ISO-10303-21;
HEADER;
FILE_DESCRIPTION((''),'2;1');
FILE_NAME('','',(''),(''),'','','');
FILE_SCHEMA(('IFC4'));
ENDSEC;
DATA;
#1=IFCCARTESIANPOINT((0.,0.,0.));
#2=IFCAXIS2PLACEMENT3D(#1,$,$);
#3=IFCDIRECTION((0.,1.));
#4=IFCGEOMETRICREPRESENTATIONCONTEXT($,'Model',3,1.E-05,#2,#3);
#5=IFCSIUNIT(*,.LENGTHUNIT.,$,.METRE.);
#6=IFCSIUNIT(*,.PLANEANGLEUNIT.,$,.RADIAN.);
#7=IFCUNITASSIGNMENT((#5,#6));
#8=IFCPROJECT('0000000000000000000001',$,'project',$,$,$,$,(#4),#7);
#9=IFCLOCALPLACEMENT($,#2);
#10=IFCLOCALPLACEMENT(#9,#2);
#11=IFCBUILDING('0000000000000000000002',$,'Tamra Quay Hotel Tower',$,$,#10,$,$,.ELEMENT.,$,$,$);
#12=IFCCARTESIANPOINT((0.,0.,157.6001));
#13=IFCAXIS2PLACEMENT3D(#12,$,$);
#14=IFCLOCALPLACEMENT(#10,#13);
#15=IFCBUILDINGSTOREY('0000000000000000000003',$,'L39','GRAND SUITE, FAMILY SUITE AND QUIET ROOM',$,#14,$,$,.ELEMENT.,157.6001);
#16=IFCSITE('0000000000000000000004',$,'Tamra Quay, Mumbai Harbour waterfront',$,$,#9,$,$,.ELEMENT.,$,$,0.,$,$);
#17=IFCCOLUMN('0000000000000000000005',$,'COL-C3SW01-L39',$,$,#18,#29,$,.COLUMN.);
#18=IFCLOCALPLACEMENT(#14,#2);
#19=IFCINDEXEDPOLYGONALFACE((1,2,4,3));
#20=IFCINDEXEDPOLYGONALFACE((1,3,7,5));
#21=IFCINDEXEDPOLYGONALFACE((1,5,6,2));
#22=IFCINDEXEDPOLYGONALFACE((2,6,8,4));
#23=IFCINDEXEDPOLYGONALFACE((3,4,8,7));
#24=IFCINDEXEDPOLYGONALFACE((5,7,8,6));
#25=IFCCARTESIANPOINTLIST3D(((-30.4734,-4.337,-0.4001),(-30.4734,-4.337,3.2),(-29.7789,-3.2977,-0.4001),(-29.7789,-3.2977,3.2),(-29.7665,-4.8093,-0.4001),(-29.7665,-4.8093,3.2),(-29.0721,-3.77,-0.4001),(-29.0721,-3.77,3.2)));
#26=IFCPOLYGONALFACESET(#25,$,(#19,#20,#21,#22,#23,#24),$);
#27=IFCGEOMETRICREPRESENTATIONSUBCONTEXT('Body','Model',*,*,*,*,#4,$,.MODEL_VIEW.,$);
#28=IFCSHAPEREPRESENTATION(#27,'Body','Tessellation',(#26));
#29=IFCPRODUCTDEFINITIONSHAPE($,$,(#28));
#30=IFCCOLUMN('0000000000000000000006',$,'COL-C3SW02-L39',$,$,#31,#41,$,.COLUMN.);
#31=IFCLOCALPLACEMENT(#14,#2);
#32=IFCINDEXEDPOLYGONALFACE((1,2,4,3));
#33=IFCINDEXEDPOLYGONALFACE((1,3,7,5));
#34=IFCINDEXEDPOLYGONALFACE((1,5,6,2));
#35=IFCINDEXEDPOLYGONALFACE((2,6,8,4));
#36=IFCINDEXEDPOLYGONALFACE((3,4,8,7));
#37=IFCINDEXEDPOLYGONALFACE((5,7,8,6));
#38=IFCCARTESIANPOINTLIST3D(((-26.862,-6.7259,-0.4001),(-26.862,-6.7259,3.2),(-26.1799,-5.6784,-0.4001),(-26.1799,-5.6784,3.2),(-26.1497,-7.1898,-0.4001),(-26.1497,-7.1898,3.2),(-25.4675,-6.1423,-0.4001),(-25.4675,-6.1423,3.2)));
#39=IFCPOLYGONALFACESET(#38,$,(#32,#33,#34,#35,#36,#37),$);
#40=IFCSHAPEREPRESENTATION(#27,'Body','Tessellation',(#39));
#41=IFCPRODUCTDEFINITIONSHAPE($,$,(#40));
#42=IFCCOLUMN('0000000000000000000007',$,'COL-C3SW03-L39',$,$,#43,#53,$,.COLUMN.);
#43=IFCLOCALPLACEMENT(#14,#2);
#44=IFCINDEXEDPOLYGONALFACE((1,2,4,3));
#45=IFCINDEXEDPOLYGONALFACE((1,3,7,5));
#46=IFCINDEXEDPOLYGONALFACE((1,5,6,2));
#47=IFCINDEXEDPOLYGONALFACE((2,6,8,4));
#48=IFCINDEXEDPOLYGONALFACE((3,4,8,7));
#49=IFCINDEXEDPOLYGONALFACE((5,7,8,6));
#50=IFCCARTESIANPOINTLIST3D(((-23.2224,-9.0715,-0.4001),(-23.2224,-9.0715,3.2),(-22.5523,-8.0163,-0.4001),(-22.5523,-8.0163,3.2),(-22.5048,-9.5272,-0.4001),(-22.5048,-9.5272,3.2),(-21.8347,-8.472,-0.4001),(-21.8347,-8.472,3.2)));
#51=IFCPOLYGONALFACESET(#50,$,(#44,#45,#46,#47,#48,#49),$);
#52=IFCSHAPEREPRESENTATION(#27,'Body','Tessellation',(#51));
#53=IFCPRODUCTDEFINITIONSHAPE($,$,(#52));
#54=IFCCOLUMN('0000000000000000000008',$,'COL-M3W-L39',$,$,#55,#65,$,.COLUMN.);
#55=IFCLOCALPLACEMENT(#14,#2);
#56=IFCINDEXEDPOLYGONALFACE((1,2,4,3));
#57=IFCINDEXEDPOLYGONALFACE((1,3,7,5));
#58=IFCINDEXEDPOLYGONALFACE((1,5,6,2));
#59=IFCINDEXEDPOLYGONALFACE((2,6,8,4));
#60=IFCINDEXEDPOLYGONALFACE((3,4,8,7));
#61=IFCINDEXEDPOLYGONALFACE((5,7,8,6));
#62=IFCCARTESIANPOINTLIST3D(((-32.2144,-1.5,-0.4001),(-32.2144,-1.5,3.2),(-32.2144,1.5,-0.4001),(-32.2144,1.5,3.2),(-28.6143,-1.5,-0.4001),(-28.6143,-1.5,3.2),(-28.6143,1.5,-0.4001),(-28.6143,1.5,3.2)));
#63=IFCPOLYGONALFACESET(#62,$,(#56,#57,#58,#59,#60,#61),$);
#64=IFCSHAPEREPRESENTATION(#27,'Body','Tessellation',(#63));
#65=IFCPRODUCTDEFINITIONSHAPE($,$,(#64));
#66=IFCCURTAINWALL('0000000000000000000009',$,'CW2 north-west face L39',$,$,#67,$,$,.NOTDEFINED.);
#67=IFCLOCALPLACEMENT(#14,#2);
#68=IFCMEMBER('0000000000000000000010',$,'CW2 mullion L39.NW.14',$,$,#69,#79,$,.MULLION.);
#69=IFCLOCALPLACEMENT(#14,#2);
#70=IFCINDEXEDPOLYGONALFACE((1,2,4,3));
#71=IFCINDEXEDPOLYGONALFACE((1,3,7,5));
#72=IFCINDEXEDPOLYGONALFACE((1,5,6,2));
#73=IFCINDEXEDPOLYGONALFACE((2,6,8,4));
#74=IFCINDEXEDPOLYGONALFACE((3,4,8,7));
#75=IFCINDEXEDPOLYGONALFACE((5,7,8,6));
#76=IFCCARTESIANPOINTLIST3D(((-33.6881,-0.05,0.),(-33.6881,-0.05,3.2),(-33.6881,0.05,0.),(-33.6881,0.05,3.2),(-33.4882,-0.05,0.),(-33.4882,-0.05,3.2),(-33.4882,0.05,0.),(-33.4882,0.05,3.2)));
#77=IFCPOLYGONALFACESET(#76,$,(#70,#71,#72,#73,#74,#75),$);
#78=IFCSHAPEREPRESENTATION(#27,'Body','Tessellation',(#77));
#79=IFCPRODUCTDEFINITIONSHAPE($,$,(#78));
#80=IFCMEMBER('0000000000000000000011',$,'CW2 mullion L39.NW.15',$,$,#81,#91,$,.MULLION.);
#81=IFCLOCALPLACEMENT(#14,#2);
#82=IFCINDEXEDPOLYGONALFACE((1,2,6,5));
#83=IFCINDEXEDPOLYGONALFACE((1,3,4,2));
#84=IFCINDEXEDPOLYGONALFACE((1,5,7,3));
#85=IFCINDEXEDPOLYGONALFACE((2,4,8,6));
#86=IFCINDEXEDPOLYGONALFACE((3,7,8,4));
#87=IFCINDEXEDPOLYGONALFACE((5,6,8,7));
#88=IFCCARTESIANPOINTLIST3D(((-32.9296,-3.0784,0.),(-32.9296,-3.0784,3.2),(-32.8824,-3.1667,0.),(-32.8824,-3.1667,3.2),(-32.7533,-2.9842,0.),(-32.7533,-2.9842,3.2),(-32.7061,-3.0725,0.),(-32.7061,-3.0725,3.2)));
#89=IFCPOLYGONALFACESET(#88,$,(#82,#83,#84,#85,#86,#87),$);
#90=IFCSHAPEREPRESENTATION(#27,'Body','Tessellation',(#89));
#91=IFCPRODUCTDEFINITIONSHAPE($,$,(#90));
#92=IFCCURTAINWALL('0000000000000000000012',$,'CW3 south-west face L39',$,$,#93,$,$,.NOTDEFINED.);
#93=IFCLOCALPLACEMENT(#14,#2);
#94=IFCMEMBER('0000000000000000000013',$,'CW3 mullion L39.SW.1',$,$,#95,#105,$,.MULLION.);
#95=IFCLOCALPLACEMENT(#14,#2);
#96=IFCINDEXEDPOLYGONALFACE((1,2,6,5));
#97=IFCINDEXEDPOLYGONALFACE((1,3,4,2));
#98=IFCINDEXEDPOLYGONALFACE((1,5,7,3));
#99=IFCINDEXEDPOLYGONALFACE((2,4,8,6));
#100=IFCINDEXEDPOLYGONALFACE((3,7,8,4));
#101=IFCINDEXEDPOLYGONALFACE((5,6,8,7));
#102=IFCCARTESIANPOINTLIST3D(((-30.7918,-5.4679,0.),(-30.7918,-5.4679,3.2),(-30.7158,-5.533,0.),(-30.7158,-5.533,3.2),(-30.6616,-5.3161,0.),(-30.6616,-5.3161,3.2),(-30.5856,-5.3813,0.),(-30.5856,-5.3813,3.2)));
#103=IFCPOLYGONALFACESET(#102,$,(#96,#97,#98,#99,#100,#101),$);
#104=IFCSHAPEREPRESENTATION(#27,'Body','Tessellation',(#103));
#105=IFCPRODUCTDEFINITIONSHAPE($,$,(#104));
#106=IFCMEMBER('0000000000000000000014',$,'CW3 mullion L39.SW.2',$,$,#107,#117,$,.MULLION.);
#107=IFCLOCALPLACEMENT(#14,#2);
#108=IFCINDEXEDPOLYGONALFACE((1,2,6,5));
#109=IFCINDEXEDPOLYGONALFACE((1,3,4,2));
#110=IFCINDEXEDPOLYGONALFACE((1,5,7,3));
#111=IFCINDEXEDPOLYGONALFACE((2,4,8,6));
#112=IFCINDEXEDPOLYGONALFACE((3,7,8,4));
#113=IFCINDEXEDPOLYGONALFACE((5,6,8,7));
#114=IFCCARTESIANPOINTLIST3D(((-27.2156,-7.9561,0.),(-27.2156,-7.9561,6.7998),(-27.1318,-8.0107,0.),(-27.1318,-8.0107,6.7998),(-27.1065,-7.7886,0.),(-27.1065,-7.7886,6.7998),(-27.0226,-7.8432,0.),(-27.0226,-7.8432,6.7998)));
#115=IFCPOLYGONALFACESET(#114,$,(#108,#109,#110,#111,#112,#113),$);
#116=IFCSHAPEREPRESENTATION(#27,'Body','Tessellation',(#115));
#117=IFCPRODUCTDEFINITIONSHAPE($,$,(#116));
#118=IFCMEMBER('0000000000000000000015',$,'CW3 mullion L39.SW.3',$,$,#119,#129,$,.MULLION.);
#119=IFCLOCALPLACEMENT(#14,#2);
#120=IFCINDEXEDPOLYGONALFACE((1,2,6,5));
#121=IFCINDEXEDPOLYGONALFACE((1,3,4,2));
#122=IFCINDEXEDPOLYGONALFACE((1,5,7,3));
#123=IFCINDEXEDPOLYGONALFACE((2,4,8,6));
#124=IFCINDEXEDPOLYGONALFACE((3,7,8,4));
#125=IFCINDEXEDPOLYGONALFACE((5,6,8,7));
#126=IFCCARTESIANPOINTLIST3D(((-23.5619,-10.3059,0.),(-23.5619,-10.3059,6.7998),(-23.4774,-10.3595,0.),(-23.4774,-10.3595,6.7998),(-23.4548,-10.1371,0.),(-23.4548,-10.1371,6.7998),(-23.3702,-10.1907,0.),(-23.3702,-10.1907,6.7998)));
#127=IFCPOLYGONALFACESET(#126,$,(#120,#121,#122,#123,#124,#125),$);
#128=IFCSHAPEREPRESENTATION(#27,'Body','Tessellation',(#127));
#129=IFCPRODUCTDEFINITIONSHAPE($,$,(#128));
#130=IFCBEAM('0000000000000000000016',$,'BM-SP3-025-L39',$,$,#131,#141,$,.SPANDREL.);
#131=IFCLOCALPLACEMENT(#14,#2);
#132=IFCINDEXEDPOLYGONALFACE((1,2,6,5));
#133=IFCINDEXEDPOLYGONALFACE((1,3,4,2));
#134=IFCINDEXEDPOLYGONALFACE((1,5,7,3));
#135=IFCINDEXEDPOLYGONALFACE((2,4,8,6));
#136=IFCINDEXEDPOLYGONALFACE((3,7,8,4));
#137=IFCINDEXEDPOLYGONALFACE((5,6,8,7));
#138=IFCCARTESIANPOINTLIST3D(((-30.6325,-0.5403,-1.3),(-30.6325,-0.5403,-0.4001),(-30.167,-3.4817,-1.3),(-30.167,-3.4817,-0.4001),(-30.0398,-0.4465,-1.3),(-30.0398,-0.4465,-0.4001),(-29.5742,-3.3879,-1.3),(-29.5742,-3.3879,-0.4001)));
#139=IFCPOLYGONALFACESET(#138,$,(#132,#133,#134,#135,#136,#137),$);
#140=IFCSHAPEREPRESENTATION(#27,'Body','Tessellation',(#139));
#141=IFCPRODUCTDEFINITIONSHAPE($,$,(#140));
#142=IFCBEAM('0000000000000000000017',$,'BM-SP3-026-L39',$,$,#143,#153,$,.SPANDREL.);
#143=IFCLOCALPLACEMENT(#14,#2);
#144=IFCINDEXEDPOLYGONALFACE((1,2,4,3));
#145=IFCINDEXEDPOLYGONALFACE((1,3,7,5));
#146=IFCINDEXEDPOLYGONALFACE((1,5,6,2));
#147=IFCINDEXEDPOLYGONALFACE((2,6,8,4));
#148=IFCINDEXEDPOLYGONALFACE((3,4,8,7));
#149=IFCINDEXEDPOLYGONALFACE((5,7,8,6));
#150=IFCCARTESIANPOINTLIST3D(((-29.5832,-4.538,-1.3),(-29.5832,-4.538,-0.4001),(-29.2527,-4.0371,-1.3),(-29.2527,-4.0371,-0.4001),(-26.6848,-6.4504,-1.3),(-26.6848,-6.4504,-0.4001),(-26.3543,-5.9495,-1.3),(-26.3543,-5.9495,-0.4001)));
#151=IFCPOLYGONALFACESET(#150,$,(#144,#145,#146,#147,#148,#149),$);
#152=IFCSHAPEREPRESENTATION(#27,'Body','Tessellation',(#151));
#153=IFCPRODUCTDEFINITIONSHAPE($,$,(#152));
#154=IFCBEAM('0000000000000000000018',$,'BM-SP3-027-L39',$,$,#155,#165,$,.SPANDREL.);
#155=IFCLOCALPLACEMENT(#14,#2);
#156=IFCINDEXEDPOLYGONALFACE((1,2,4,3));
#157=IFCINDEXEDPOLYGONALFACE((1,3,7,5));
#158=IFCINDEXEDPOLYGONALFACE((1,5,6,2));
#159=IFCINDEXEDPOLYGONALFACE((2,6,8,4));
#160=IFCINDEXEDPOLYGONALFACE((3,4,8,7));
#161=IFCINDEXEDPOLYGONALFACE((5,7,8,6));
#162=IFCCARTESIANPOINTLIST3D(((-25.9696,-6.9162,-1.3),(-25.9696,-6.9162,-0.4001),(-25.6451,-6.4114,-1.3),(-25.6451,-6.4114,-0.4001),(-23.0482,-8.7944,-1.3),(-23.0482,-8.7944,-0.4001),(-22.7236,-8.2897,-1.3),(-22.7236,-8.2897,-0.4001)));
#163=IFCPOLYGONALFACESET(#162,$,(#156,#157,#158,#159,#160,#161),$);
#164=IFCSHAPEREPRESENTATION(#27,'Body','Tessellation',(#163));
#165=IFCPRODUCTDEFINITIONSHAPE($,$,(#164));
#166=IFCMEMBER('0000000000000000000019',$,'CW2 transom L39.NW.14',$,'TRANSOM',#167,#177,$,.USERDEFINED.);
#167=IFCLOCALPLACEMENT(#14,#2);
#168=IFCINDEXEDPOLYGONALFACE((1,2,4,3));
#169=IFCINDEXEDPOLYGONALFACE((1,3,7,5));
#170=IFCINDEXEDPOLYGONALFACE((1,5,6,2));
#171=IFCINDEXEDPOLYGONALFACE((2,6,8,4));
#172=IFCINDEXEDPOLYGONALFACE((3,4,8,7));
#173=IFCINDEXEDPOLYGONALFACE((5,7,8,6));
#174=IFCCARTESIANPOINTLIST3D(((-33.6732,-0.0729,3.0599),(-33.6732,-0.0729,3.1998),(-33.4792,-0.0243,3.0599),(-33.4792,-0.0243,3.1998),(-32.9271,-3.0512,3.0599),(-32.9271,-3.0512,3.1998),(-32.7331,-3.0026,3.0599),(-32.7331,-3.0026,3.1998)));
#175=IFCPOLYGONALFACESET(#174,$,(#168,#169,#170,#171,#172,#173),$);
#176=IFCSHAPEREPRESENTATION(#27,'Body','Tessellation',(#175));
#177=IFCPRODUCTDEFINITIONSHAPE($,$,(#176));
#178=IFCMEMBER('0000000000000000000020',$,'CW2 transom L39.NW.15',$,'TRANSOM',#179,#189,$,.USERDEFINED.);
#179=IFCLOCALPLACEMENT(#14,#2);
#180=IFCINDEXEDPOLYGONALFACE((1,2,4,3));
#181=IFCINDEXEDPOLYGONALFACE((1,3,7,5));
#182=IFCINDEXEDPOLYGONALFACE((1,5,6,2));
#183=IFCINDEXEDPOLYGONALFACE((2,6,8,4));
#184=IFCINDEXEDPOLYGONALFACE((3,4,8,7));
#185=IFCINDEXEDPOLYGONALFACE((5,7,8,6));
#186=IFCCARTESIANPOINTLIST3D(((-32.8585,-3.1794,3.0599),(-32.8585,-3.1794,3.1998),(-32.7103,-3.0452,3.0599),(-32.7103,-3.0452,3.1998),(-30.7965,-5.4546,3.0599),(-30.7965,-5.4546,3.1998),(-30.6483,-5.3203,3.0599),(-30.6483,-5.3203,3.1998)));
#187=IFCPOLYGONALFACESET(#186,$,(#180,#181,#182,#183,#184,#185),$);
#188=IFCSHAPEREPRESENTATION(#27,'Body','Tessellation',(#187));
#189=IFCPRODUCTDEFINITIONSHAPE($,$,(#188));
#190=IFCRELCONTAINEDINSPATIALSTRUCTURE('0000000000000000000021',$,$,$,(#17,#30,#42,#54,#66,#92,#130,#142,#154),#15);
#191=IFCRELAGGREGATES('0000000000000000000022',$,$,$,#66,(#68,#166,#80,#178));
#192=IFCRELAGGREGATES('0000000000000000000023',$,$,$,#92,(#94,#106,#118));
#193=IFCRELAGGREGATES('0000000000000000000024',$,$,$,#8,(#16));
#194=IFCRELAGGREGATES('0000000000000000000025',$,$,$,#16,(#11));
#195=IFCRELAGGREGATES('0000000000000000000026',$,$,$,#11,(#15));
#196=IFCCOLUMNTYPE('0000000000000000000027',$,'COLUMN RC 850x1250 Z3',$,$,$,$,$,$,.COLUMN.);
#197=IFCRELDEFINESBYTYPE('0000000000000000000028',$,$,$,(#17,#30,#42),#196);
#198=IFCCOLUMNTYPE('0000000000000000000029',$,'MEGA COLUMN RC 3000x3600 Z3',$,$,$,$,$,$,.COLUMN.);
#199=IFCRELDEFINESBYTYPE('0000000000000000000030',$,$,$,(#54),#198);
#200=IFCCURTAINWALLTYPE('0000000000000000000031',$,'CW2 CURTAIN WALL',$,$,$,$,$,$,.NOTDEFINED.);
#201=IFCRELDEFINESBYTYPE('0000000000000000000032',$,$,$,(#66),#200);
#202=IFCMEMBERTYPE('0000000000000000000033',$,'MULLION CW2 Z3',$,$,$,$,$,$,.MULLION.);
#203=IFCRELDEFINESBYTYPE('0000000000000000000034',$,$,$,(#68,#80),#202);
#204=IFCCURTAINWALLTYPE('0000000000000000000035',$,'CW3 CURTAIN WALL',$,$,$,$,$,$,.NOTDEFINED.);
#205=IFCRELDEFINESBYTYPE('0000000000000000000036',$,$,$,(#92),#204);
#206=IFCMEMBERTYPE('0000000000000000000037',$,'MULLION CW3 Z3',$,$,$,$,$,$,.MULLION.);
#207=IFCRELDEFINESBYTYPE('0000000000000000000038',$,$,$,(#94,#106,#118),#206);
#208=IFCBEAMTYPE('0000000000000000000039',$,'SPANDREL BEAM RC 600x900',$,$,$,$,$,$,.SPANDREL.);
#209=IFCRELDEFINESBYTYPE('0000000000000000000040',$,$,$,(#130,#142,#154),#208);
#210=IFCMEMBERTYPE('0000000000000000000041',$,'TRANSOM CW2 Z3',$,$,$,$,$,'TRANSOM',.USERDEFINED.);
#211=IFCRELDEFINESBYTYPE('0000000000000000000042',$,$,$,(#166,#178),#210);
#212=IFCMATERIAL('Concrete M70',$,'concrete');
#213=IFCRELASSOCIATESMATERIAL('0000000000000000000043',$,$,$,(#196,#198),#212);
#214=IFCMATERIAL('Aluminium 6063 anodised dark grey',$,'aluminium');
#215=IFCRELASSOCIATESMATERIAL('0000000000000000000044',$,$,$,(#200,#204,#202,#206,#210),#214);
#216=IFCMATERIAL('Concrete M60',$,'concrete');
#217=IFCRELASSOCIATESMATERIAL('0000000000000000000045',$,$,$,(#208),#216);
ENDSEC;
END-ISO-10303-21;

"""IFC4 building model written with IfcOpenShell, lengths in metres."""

from ifc_helpers import new_model, si_unit, direction, frame, origin, origin_2d, place, context, subcontext, project, spatial, rectangle, extrude, material, material_profile, profile_set, type_object, element, aggregate, save


model = new_model("IFC4")

# Units and contexts
model_context = context("Model", 3, precision=1e-05, world=origin(), true_north=direction((0.0, 1.0)))
body_context = subcontext(model_context, "Body", "Model", "MODEL_VIEW")
ifc_project = project(units=[si_unit("LENGTHUNIT", "METRE"), si_unit("PLANEANGLEUNIT", "RADIAN")], contexts=[model_context])

# Site, building, storey
site_placement = place(None, origin())
site = spatial("IfcSite", under=ifc_project, at=site_placement, Name="Tamra Quay, Mumbai Harbour waterfront", CompositionType="ELEMENT", RefElevation=0.0)
building_placement = place(site_placement, origin())
building = spatial("IfcBuilding", under=site, at=building_placement, Name="Tamra Quay Hotel Tower", CompositionType="ELEMENT")
storey_placement = place(building_placement, frame((0.0, 0.0, 157.6001)))
storey = spatial("IfcBuildingStorey", under=building, at=storey_placement, Name="L39", Description="GRAND SUITE, FAMILY SUITE AND QUIET ROOM", CompositionType="ELEMENT", Elevation=157.6001)

# Columns
ifc_material_1 = material(Name="Concrete M70", Category="concrete")
ifc_material_profile_1 = material_profile(ifc_material_1, rectangle(XDim=1.25, YDim=0.8501, at=origin_2d()), Name="COLUMN RC 850x1250 Z3")
ifc_profile_set_1 = profile_set([ifc_material_profile_1], Name="Concrete M70")
column_type_1 = type_object("IfcColumnType", Name="COLUMN RC 850x1250 Z3", PredefinedType="COLUMN", material=ifc_profile_set_1)
for number, where, z_axis, x_axis, name in (
    (1, (-29.7727, -4.0535, -0.4001), (0.0, 0.0, 1.0), (0.555583, 0.831461, 0.0), "COL-C3SW01-L39"),
    (2, (-26.1648, -6.4341, -0.4001), (0.0, 0.0, 1.0), (0.545703, 0.837979, 0.0), "COL-C3SW02-L39"),
    (3, (-22.5286, -8.7717, -0.4001), (0.0, 0.0, 1.0), (0.536102, 0.844153, 0.0), "COL-C3SW03-L39"),
):
    element("IfcColumn", number, at=place(storey_placement, frame(where, z_axis=z_axis, x_axis=x_axis)), inside=storey, type_object=column_type_1, Name=name, PredefinedType="COLUMN", context=body_context, shape_type="SweptSolid", body=[
        extrude(rectangle(XDim=1.25, YDim=0.8501, at=origin_2d()), origin(), (0.0, 0.0, 1.0), 3.6001),
    ])
ifc_material_profile_2 = material_profile(ifc_material_1, rectangle(XDim=3.6001, YDim=3.0, at=origin_2d()), Name="MEGA COLUMN RC 3000x3600 Z3")
ifc_profile_set_2 = profile_set([ifc_material_profile_2], Name="Concrete M70")
column_type_2 = type_object("IfcColumnType", Name="MEGA COLUMN RC 3000x3600 Z3", PredefinedType="COLUMN", material=ifc_profile_set_2)
column_placement = place(storey_placement, frame((-30.4143, 0.0, -0.4001), z_axis=(0.0, 0.0, 1.0), x_axis=(1.0, 0.0, 0.0)))
element("IfcColumn", 4, at=column_placement, inside=storey, type_object=column_type_2, Name="COL-M3W-L39", PredefinedType="COLUMN", context=body_context, shape_type="SweptSolid", body=[
    extrude(rectangle(XDim=3.6001, YDim=3.0, at=origin_2d()), origin(), (0.0, 0.0, 1.0), 3.6001),
])

# Curtain walls, members
ifc_material_2 = material(Name="Aluminium 6063 anodised dark grey", Category="aluminium")
curtain_wall_type_1 = type_object("IfcCurtainWallType", Name="CW2 CURTAIN WALL", PredefinedType="NOTDEFINED", material=ifc_material_2)
curtain_wall_1_placement = place(storey_placement, origin())
curtain_wall_1 = element("IfcCurtainWall", 5, at=curtain_wall_1_placement, inside=storey, type_object=curtain_wall_type_1, Name="CW2 north-west face L39", PredefinedType="NOTDEFINED")
ifc_material_profile_3 = material_profile(ifc_material_2, rectangle(XDim=0.2, YDim=0.1001, at=origin_2d()), Name="MULLION 100X200")
ifc_profile_set_3 = profile_set([ifc_material_profile_3], Name="Aluminium 6063 anodised dark grey")
member_type_1 = type_object("IfcMemberType", Name="MULLION CW2 Z3", PredefinedType="MULLION", material=ifc_profile_set_3)
member_1_placement = place(storey_placement, frame((-33.5881, 0.0, 0.0), z_axis=(0.0, 0.0, 1.0), x_axis=(-1.0, 0.0, 0.0)))
member_1 = element("IfcMember", 6, at=member_1_placement, type_object=member_type_1, Name="CW2 mullion L39.NW.14", PredefinedType="MULLION", context=body_context, shape_type="SweptSolid", body=[
    extrude(rectangle(XDim=0.2, YDim=0.1001, at=origin_2d()), origin(), (0.0, 0.0, 1.0), 3.2),
])
member_2_placement = place(storey_placement, frame((-32.8179, -3.0754, 0.0), z_axis=(0.0, 0.0, 1.0), x_axis=(-0.881925, -0.471389, 0.0)))
member_2 = element("IfcMember", 7, at=member_2_placement, type_object=member_type_1, Name="CW2 mullion L39.NW.15", PredefinedType="MULLION", context=body_context, shape_type="SweptSolid", body=[
    extrude(rectangle(XDim=0.2, YDim=0.1001, at=origin_2d()), origin(), (0.0, 0.0, 1.0), 3.2),
])
curtain_wall_type_2 = type_object("IfcCurtainWallType", Name="CW3 CURTAIN WALL", PredefinedType="NOTDEFINED", material=ifc_material_2)
curtain_wall_2_placement = place(storey_placement, origin())
curtain_wall_2 = element("IfcCurtainWall", 8, at=curtain_wall_2_placement, inside=storey, type_object=curtain_wall_type_2, Name="CW3 south-west face L39", PredefinedType="NOTDEFINED")
ifc_material_profile_4 = material_profile(ifc_material_2, rectangle(XDim=0.2, YDim=0.1001, at=origin_2d()), Name="MULLION 100X200")
ifc_profile_set_4 = profile_set([ifc_material_profile_4], Name="Aluminium 6063 anodised dark grey")
member_type_2 = type_object("IfcMemberType", Name="MULLION CW3 Z3", PredefinedType="MULLION", material=ifc_profile_set_4)
member_3_placement = place(storey_placement, frame((-30.6887, -5.4246, 0.0), z_axis=(0.0, 0.0, 1.0), x_axis=(-0.650989, -0.759087, 0.0)))
member_3 = element("IfcMember", 9, at=member_3_placement, type_object=member_type_2, Name="CW3 mullion L39.SW.1", PredefinedType="MULLION", context=body_context, shape_type="SweptSolid", body=[
    extrude(rectangle(XDim=0.2, YDim=0.1001, at=origin_2d()), origin(), (0.0, 0.0, 1.0), 3.2),
])
member_4_placement = place(storey_placement, frame((-27.1191, -7.8997, 0.0), z_axis=(0.0, 0.0, 1.0), x_axis=(-0.54578, -0.837928, 0.0)))
member_4 = element("IfcMember", 10, at=member_4_placement, type_object=member_type_2, Name="CW3 mullion L39.SW.2", PredefinedType="MULLION", context=body_context, shape_type="SweptSolid", body=[
    extrude(rectangle(XDim=0.2, YDim=0.1001, at=origin_2d()), origin(), (0.0, 0.0, 1.0), 6.7998),
])
member_5_placement = place(storey_placement, frame((-23.4661, -10.2483, 0.0), z_axis=(0.0, 0.0, 1.0), x_axis=(-0.53576, -0.84437, 0.0)))
member_5 = element("IfcMember", 11, at=member_5_placement, type_object=member_type_2, Name="CW3 mullion L39.SW.3", PredefinedType="MULLION", context=body_context, shape_type="SweptSolid", body=[
    extrude(rectangle(XDim=0.2, YDim=0.1001, at=origin_2d()), origin(), (0.0, 0.0, 1.0), 6.7998),
])

# Beams
ifc_material_3 = material(Name="Concrete M60", Category="concrete")
ifc_material_profile_5 = material_profile(ifc_material_3, rectangle(XDim=0.6001, YDim=0.8999, at=origin_2d()), Name="SPANDREL BEAM RC 600x900")
ifc_profile_set_5 = profile_set([ifc_material_profile_5], Name="Concrete M60")
beam_type = type_object("IfcBeamType", Name="SPANDREL BEAM RC 600x900", PredefinedType="SPANDREL", material=ifc_profile_set_5)
beam_1_placement = place(storey_placement, frame((-30.3362, -0.4934, -0.8501), z_axis=(0.156337, -0.987704, 0.0), x_axis=(0.987704, 0.156337, 0.0)))
element("IfcBeam", 12, at=beam_1_placement, inside=storey, type_object=beam_type, Name="BM-SP3-025-L39", PredefinedType="SPANDREL", context=body_context, shape_type="SweptSolid", body=[
    extrude(rectangle(XDim=0.6001, YDim=0.8999, at=origin_2d()), origin(), (0.0, 0.0, 1.0), 2.978),
])
beam_2_placement = place(storey_placement, frame((-29.418, -4.2876, -0.8501), z_axis=(0.834691, -0.550719, 0.0), x_axis=(0.550719, 0.834691, 0.0)))
element("IfcBeam", 13, at=beam_2_placement, inside=storey, type_object=beam_type, Name="BM-SP3-026-L39", PredefinedType="SPANDREL", context=body_context, shape_type="SweptSolid", body=[
    extrude(rectangle(XDim=0.6001, YDim=0.8999, at=origin_2d()), origin(), (0.0, 0.0, 1.0), 3.4724),
])
beam_3_placement = place(storey_placement, frame((-25.8074, -6.6638, -0.8501), z_axis=(0.84116, -0.540786, 0.0), x_axis=(0.540786, 0.84116, 0.0)))
element("IfcBeam", 14, at=beam_3_placement, inside=storey, type_object=beam_type, Name="BM-SP3-027-L39", PredefinedType="SPANDREL", context=body_context, shape_type="SweptSolid", body=[
    extrude(rectangle(XDim=0.6001, YDim=0.8999, at=origin_2d()), origin(), (0.0, 0.0, 1.0), 3.4731),
])

# Members
ifc_material_profile_6 = material_profile(ifc_material_2, rectangle(XDim=0.2, YDim=0.1399, at=origin_2d()), Name="TRANSOM 200X140")
ifc_profile_set_6 = profile_set([ifc_material_profile_6], Name="Aluminium 6063 anodised dark grey")
member_type_3 = type_object("IfcMemberType", Name="TRANSOM CW2 Z3", ElementType="TRANSOM", PredefinedType="USERDEFINED", material=ifc_profile_set_6)
member_6_placement = place(storey_placement, frame((-33.5762, -0.0486, 3.1299), z_axis=(0.243003, -0.970025, 0.0), x_axis=(0.970025, 0.243003, 0.0)))
member_6 = element("IfcMember", 15, at=member_6_placement, type_object=member_type_3, Name="CW2 transom L39.NW.14", ObjectType="TRANSOM", PredefinedType="USERDEFINED", context=body_context, shape_type="SweptSolid", body=[
    extrude(rectangle(XDim=0.2, YDim=0.1399, at=origin_2d()), origin(), (0.0, 0.0, 1.0), 3.0703),
])
member_7_placement = place(storey_placement, frame((-32.7844, -3.1123, 3.1299), z_axis=(0.671548, -0.740961, 0.0), x_axis=(0.740961, 0.671548, 0.0)))
member_7 = element("IfcMember", 16, at=member_7_placement, type_object=member_type_3, Name="CW2 transom L39.NW.15", ObjectType="TRANSOM", PredefinedType="USERDEFINED", context=body_context, shape_type="SweptSolid", body=[
    extrude(rectangle(XDim=0.2, YDim=0.1399, at=origin_2d()), origin(), (0.0, 0.0, 1.0), 3.0706),
])

aggregate(curtain_wall_1, [member_1, member_6, member_2, member_7])
aggregate(curtain_wall_2, [member_3, member_4, member_5])

save(model, "model.ifc")
